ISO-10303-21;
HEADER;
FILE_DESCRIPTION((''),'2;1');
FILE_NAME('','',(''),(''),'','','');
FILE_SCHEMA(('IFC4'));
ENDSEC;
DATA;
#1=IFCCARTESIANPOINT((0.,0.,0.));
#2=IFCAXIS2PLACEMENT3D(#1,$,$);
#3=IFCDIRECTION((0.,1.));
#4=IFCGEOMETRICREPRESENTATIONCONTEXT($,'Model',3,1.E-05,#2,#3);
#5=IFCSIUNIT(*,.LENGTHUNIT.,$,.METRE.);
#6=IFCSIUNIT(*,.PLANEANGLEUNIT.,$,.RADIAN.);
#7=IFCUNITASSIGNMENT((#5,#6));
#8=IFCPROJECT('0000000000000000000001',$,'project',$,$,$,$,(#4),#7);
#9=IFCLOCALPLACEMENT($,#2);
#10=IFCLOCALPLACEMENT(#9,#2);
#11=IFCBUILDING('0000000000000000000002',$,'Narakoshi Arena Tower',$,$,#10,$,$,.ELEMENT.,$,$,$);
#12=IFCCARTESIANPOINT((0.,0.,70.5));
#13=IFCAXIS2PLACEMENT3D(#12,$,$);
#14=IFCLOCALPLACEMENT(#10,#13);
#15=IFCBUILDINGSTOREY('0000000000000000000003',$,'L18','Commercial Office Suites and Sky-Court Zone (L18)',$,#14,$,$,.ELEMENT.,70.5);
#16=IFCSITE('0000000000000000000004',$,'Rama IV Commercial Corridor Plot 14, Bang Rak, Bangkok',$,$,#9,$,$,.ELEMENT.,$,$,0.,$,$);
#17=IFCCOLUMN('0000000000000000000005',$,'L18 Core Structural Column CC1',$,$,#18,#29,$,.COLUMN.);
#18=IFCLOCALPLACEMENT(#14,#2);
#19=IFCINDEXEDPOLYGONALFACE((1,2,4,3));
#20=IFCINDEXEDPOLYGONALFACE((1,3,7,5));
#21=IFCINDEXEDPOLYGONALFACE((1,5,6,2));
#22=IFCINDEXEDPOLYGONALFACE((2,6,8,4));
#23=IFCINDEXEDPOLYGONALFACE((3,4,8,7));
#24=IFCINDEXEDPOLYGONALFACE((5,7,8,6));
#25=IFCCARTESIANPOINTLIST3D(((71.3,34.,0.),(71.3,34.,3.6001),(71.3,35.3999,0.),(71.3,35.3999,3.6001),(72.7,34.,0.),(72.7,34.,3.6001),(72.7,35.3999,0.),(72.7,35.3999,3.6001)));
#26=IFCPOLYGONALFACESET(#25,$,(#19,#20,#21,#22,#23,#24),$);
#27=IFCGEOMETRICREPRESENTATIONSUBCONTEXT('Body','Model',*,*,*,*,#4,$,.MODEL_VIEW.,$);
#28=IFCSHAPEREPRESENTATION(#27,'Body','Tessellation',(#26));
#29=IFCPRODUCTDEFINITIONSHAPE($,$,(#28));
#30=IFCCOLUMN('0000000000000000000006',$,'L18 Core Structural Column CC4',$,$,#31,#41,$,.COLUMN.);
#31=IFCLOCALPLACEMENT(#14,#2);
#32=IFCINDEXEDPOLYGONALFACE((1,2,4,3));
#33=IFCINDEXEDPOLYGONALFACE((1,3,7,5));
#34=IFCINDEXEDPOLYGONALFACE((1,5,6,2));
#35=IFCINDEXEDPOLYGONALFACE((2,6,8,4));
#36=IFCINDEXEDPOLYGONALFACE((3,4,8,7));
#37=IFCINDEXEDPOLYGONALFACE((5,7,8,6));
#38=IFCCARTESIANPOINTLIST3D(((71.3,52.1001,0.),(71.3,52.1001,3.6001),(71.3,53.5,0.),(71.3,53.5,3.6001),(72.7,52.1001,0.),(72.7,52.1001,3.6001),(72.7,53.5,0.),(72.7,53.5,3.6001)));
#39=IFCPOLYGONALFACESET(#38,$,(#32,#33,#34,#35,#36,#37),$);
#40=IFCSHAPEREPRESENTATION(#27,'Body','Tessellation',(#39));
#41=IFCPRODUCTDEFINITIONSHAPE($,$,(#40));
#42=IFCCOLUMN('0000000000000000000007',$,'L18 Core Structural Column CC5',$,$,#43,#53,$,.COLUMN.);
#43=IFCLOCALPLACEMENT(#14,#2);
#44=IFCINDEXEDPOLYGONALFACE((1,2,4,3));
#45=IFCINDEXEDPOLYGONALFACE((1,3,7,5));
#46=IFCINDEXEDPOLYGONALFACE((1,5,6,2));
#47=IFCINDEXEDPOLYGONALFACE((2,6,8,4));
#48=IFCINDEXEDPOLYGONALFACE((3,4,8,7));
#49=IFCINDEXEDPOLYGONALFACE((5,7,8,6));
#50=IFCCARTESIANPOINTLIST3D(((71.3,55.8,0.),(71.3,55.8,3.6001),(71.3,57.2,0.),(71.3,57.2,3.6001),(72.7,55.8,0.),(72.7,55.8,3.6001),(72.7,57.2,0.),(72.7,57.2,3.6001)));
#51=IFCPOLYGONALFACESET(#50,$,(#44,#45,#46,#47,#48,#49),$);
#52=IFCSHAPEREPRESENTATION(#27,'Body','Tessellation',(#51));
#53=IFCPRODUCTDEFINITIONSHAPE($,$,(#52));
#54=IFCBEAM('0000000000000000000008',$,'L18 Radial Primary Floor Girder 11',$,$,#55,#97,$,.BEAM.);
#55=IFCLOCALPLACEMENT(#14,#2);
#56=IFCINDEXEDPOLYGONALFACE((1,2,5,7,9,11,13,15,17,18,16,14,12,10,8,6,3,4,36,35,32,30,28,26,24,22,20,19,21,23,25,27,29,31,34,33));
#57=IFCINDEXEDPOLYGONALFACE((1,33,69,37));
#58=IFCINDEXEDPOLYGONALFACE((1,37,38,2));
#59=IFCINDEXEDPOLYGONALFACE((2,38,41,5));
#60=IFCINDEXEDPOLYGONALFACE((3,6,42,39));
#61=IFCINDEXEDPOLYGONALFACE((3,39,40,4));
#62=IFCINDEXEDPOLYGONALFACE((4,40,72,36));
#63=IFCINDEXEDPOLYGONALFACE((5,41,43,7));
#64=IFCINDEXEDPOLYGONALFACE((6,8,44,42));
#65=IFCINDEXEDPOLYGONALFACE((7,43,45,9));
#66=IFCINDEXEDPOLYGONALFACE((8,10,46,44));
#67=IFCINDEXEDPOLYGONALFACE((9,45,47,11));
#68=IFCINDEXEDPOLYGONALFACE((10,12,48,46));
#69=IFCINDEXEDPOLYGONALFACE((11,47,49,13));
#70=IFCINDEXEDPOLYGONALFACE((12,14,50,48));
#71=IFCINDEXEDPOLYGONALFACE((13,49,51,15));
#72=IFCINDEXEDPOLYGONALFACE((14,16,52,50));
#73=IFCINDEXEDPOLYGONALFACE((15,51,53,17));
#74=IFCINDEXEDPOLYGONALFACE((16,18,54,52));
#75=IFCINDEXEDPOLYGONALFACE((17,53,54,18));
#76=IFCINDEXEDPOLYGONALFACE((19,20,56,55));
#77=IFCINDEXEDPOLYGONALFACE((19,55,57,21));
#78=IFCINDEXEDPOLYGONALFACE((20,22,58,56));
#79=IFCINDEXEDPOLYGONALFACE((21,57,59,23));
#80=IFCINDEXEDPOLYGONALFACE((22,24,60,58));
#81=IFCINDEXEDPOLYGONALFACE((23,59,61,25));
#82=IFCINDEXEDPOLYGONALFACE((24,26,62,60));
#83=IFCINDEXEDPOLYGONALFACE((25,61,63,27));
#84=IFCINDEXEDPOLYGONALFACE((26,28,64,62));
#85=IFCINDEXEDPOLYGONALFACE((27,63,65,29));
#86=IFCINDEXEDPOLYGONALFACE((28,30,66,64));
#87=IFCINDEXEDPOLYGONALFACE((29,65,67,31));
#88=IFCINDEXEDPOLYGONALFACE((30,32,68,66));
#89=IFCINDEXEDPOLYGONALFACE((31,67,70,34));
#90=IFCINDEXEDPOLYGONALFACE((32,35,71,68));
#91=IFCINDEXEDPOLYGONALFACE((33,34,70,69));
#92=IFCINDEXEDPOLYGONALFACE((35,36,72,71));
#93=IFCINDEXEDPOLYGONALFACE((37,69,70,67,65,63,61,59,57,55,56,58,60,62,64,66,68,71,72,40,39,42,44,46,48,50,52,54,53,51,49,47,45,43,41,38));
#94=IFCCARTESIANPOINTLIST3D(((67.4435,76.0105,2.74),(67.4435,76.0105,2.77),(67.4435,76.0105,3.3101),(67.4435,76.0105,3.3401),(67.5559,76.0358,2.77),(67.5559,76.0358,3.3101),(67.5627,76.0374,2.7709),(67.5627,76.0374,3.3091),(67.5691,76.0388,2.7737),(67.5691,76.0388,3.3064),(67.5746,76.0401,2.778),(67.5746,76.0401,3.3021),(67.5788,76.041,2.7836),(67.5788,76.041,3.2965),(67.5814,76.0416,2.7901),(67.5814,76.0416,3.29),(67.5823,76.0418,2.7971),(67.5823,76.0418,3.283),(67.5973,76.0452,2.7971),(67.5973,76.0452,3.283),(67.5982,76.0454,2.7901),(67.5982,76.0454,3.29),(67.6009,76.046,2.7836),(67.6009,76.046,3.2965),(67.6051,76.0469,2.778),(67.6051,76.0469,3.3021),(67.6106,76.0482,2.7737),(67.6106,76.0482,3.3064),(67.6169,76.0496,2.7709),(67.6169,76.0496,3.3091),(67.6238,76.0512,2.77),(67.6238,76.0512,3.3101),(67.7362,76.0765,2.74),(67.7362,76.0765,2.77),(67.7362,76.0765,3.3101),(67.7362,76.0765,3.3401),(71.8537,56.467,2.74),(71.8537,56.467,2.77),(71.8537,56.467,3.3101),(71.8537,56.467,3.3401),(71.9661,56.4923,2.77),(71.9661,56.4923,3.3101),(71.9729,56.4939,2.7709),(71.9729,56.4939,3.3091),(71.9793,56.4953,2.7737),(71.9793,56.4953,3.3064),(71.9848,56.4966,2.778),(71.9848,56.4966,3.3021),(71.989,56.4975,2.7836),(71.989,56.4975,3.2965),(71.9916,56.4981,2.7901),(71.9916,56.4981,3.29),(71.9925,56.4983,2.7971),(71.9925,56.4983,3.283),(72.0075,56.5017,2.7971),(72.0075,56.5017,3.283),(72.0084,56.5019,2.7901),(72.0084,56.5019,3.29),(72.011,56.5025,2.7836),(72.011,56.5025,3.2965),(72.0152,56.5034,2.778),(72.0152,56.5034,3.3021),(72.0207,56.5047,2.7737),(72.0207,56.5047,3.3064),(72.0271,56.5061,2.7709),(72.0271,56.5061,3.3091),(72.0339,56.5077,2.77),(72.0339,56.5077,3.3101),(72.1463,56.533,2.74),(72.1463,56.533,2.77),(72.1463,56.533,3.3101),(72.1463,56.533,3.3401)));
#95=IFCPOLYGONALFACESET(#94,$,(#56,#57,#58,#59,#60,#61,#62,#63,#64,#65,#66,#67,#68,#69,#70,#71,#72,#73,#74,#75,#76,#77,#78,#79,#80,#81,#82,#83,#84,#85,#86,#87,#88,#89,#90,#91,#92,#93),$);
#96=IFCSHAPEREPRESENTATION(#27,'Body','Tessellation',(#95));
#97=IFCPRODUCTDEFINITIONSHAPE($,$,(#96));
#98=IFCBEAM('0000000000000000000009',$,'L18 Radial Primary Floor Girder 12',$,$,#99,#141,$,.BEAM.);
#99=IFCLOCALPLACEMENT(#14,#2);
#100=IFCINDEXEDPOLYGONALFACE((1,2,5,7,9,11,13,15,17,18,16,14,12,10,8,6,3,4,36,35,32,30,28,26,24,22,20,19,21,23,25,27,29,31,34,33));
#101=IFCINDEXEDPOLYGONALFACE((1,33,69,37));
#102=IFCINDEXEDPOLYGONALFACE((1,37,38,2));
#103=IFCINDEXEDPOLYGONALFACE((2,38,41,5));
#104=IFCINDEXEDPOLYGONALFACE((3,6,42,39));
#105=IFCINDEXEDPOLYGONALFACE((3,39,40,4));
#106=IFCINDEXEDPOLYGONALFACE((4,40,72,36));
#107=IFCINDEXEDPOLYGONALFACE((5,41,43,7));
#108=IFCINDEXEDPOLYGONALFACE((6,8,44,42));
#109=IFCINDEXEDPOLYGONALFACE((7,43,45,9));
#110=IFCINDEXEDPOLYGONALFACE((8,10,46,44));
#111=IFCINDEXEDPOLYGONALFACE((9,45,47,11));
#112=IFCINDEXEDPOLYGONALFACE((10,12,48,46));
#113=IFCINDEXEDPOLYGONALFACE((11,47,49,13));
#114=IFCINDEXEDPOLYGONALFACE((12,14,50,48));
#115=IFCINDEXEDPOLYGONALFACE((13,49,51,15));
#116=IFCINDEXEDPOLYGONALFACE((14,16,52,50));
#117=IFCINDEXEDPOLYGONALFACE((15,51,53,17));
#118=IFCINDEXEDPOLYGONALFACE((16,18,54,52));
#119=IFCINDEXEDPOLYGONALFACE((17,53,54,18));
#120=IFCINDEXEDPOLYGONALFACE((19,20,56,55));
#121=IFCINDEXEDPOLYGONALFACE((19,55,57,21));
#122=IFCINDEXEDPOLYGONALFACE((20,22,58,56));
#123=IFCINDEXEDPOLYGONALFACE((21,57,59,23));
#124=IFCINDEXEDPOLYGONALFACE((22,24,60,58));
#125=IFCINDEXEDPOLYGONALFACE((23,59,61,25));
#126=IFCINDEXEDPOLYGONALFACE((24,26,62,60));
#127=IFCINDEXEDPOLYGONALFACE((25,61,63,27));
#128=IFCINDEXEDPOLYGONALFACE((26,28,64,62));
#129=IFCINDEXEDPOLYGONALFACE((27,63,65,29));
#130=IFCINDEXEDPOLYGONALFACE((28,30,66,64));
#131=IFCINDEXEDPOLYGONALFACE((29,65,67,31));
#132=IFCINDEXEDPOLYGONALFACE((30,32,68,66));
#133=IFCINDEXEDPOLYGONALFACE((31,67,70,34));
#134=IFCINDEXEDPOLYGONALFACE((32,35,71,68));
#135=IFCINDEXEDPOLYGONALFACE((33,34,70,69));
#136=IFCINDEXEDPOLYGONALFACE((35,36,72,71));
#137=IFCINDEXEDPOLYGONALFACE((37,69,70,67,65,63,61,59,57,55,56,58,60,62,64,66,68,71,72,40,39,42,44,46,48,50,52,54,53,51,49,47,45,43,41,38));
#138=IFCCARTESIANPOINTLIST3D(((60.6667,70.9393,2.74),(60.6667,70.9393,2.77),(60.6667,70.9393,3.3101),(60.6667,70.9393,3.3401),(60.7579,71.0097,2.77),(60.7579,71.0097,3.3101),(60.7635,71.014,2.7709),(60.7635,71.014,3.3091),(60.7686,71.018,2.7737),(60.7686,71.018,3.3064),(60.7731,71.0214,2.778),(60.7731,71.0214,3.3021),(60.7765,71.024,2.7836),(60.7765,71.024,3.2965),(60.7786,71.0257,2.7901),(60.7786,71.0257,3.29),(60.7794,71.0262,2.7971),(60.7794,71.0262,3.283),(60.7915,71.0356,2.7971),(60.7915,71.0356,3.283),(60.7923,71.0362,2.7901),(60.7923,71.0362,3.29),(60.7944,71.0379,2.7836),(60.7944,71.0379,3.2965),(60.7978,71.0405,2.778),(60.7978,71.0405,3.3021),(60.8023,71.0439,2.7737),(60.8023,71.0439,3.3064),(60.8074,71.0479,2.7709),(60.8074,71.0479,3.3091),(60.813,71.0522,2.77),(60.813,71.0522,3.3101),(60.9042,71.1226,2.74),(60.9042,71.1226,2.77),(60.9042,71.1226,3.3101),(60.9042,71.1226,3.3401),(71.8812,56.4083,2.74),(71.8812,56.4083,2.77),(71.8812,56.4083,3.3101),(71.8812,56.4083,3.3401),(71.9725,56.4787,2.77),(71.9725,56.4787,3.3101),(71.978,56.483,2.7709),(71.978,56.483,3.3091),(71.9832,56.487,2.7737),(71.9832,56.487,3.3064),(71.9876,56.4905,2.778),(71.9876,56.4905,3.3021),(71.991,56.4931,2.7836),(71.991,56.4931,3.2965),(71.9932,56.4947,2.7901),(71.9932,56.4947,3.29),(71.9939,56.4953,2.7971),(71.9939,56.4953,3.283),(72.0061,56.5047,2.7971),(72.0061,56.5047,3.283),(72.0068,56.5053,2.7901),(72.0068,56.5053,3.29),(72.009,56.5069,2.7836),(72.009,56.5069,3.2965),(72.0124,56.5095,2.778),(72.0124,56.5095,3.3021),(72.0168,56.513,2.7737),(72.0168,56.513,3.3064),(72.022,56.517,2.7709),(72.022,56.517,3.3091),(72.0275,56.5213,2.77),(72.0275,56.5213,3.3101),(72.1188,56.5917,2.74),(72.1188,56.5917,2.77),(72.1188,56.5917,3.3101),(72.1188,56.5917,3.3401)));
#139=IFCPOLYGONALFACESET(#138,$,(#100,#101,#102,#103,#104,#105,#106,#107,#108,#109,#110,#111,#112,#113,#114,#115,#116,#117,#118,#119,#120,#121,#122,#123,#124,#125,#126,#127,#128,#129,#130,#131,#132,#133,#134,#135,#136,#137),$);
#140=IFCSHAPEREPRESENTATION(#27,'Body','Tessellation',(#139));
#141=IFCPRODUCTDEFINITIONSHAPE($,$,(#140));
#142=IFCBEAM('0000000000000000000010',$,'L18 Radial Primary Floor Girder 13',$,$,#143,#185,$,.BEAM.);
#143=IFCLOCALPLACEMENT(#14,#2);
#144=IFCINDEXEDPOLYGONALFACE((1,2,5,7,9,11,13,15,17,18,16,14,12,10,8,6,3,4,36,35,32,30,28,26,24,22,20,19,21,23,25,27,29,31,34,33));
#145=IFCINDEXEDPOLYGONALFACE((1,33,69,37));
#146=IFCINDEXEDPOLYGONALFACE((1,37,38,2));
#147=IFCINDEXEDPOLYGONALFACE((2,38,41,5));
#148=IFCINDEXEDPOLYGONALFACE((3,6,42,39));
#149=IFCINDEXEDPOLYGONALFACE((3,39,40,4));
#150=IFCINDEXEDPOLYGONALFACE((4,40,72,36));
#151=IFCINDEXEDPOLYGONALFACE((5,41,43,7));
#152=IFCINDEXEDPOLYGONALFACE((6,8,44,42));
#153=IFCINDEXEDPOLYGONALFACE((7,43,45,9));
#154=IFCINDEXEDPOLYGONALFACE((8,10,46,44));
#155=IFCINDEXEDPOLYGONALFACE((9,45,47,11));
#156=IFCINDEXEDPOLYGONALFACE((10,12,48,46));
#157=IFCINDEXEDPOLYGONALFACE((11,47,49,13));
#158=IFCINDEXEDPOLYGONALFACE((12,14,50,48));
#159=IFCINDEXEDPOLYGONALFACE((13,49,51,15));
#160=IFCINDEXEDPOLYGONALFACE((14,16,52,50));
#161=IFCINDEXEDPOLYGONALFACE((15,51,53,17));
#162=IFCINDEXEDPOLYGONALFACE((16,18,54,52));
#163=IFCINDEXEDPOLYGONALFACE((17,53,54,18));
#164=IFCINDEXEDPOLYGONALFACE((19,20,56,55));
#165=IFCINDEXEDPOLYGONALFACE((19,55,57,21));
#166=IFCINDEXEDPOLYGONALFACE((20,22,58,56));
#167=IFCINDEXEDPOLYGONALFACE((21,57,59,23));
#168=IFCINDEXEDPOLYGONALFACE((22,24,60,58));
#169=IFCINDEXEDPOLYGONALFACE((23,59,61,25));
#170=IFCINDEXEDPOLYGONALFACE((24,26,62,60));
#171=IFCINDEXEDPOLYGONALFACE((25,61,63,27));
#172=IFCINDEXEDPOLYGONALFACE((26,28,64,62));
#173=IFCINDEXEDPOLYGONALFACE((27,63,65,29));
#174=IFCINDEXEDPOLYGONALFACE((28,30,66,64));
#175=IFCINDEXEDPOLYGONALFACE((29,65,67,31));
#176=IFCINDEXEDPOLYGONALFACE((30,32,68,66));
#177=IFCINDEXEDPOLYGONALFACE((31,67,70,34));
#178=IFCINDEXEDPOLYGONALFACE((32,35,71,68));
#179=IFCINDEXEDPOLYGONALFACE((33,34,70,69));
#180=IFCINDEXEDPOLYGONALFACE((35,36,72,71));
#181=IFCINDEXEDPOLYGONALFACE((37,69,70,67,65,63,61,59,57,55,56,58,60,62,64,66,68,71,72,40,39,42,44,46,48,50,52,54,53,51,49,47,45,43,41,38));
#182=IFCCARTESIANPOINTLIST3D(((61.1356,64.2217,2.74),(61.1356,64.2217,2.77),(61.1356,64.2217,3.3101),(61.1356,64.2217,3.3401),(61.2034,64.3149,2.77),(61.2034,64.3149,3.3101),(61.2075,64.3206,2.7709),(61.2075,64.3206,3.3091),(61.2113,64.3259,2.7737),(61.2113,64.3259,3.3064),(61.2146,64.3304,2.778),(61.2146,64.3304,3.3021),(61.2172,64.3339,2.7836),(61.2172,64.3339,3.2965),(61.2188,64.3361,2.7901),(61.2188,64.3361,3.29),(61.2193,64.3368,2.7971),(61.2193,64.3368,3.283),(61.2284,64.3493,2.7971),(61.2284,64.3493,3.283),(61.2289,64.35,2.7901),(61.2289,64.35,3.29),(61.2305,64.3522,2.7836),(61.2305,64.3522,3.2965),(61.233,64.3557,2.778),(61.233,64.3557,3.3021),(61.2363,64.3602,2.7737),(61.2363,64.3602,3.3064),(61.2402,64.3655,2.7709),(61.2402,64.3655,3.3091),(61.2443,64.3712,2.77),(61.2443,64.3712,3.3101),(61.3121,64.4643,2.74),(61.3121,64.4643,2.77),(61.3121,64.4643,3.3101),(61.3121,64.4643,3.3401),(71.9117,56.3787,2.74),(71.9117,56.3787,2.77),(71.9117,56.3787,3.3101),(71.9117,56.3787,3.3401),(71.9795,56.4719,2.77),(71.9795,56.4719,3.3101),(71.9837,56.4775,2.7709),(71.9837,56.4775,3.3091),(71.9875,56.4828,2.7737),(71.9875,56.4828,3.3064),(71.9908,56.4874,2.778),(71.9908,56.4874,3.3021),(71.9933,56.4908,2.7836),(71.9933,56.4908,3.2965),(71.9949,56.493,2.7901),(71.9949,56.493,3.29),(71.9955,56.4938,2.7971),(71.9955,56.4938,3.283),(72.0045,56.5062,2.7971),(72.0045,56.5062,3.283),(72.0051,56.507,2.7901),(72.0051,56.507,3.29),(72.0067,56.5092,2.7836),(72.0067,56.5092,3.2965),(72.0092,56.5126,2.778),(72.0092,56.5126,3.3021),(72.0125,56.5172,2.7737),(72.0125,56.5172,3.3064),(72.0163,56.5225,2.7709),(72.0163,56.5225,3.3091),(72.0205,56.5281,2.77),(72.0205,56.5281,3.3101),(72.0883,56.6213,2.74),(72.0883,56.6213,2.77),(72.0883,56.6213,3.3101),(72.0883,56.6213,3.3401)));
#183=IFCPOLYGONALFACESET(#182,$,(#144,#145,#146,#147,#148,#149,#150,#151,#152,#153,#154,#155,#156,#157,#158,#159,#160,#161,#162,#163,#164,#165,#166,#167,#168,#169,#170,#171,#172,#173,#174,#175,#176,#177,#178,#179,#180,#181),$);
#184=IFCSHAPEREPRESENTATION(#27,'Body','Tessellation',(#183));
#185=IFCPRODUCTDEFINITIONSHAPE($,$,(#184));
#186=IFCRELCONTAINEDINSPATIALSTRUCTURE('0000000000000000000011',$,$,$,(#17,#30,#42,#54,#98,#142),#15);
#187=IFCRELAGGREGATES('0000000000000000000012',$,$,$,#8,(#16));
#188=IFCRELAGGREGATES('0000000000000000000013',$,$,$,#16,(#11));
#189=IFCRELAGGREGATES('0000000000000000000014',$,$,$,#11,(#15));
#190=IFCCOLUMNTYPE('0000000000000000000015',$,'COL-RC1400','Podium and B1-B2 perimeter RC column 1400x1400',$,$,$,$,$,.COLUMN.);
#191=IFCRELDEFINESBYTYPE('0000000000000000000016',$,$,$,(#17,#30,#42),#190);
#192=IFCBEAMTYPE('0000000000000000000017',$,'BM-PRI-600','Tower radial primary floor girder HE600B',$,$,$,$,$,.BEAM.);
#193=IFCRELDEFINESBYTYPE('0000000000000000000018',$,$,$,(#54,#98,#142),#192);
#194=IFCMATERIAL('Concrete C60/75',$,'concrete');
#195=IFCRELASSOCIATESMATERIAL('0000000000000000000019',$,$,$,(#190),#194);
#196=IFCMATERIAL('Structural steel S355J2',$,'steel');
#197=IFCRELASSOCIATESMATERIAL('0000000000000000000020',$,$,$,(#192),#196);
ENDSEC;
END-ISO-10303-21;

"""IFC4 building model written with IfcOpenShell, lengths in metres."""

from ifc_helpers import new_model, si_unit, direction, frame, origin, origin_2d, place, context, subcontext, project, spatial, rectangle, i_section, extrude, material, material_profile, profile_set, type_object, element, save


model = new_model("IFC4")

# Units and contexts
model_context = context("Model", 3, precision=1e-05, world=origin(), true_north=direction((0.0, 1.0)))
body_context = subcontext(model_context, "Body", "Model", "MODEL_VIEW")
ifc_project = project(units=[si_unit("LENGTHUNIT", "METRE"), si_unit("PLANEANGLEUNIT", "RADIAN")], contexts=[model_context])

# Site, building, storey
site_placement = place(None, origin())
site = spatial("IfcSite", under=ifc_project, at=site_placement, Name="Rama IV Commercial Corridor Plot 14, Bang Rak, Bangkok", CompositionType="ELEMENT", RefElevation=0.0)
building_placement = place(site_placement, origin())
building = spatial("IfcBuilding", under=site, at=building_placement, Name="Narakoshi Arena Tower", CompositionType="ELEMENT")
storey_placement = place(building_placement, frame((0.0, 0.0, 70.5)))
storey = spatial("IfcBuildingStorey", under=building, at=storey_placement, Name="L18", Description="Commercial Office Suites and Sky-Court Zone (L18)", CompositionType="ELEMENT", Elevation=70.5)

# Columns
ifc_material_1 = material(Name="Concrete C60/75", Category="concrete")
ifc_material_profile_1 = material_profile(ifc_material_1, rectangle(XDim=1.3999, YDim=1.3999, at=origin_2d()), Name="RC1400x1400")
ifc_profile_set_1 = profile_set([ifc_material_profile_1], Name="Concrete C60/75")
column_type = type_object("IfcColumnType", Name="COL-RC1400", Description="Podium and B1-B2 perimeter RC column 1400x1400", PredefinedType="COLUMN", material=ifc_profile_set_1)
for number, where, z_axis, x_axis, name in (
    (1, (72.0, 34.7, 0.0), (0.0, 0.0, 1.0), (1.0, 0.0, 0.0), "L18 Core Structural Column CC1"),
    (2, (72.0, 52.8, 0.0), (0.0, 0.0, 1.0), (1.0, 0.0, 0.0), "L18 Core Structural Column CC4"),
    (3, (72.0, 56.5, 0.0), (0.0, 0.0, 1.0), (1.0, 0.0, 0.0), "L18 Core Structural Column CC5"),
):
    element("IfcColumn", number, at=place(storey_placement, frame(where, z_axis=z_axis, x_axis=x_axis)), inside=storey, type_object=column_type, Name=name, PredefinedType="COLUMN", context=body_context, shape_type="SweptSolid", body=[
        extrude(rectangle(XDim=1.3999, YDim=1.3999, at=origin_2d()), origin(), (0.0, 0.0, 1.0), 3.6001),
    ])

# Beams
ifc_material_2 = material(Name="Structural steel S355J2", Category="steel")
ifc_material_profile_2 = material_profile(ifc_material_2, i_section(OverallWidth=0.3, OverallDepth=0.6001, WebThickness=0.0154, FlangeThickness=0.03, FilletRadius=0.0271, at=origin_2d()), Name="HE600B")
ifc_profile_set_2 = profile_set([ifc_material_profile_2], Name="Structural steel S355J2")
beam_type = type_object("IfcBeamType", Name="BM-PRI-600", Description="Tower radial primary floor girder HE600B", PredefinedType="BEAM", material=ifc_profile_set_2)
beam_1_placement = place(storey_placement, frame((72.0, 56.5, 3.04), z_axis=(-0.220124, 0.975472, 0.0), x_axis=(-0.975472, -0.220124, 0.0)))
element("IfcBeam", 4, at=beam_1_placement, inside=storey, type_object=beam_type, Name="L18 Radial Primary Floor Girder 11", PredefinedType="BEAM", context=body_context, shape_type="SweptSolid", body=[
    extrude(i_section(OverallWidth=0.3, OverallDepth=0.6001, WebThickness=0.0154, FlangeThickness=0.03, FilletRadius=0.0271, at=origin_2d()), origin(), (0.0, 0.0, 1.0), 20.0349),
])
beam_2_placement = place(storey_placement, frame((72.0, 56.5, 3.04), z_axis=(-0.610973, 0.791651, 0.0), x_axis=(-0.791651, -0.610973, 0.0)))
element("IfcBeam", 5, at=beam_2_placement, inside=storey, type_object=beam_type, Name="L18 Radial Primary Floor Girder 12", PredefinedType="BEAM", context=body_context, shape_type="SweptSolid", body=[
    extrude(i_section(OverallWidth=0.3, OverallDepth=0.6001, WebThickness=0.0154, FlangeThickness=0.03, FilletRadius=0.0271, at=origin_2d()), origin(), (0.0, 0.0, 1.0), 18.3552),
])
beam_3_placement = place(storey_placement, frame((72.0, 56.5, 3.04), z_axis=(-0.808528, 0.588458, 0.0), x_axis=(-0.588458, -0.808528, 0.0)))
element("IfcBeam", 6, at=beam_3_placement, inside=storey, type_object=beam_type, Name="L18 Radial Primary Floor Girder 13", PredefinedType="BEAM", context=body_context, shape_type="SweptSolid", body=[
    extrude(i_section(OverallWidth=0.3, OverallDepth=0.6001, WebThickness=0.0154, FlangeThickness=0.03, FilletRadius=0.0271, at=origin_2d()), origin(), (0.0, 0.0, 1.0), 13.3281),
])

save(model, "model.ifc")
